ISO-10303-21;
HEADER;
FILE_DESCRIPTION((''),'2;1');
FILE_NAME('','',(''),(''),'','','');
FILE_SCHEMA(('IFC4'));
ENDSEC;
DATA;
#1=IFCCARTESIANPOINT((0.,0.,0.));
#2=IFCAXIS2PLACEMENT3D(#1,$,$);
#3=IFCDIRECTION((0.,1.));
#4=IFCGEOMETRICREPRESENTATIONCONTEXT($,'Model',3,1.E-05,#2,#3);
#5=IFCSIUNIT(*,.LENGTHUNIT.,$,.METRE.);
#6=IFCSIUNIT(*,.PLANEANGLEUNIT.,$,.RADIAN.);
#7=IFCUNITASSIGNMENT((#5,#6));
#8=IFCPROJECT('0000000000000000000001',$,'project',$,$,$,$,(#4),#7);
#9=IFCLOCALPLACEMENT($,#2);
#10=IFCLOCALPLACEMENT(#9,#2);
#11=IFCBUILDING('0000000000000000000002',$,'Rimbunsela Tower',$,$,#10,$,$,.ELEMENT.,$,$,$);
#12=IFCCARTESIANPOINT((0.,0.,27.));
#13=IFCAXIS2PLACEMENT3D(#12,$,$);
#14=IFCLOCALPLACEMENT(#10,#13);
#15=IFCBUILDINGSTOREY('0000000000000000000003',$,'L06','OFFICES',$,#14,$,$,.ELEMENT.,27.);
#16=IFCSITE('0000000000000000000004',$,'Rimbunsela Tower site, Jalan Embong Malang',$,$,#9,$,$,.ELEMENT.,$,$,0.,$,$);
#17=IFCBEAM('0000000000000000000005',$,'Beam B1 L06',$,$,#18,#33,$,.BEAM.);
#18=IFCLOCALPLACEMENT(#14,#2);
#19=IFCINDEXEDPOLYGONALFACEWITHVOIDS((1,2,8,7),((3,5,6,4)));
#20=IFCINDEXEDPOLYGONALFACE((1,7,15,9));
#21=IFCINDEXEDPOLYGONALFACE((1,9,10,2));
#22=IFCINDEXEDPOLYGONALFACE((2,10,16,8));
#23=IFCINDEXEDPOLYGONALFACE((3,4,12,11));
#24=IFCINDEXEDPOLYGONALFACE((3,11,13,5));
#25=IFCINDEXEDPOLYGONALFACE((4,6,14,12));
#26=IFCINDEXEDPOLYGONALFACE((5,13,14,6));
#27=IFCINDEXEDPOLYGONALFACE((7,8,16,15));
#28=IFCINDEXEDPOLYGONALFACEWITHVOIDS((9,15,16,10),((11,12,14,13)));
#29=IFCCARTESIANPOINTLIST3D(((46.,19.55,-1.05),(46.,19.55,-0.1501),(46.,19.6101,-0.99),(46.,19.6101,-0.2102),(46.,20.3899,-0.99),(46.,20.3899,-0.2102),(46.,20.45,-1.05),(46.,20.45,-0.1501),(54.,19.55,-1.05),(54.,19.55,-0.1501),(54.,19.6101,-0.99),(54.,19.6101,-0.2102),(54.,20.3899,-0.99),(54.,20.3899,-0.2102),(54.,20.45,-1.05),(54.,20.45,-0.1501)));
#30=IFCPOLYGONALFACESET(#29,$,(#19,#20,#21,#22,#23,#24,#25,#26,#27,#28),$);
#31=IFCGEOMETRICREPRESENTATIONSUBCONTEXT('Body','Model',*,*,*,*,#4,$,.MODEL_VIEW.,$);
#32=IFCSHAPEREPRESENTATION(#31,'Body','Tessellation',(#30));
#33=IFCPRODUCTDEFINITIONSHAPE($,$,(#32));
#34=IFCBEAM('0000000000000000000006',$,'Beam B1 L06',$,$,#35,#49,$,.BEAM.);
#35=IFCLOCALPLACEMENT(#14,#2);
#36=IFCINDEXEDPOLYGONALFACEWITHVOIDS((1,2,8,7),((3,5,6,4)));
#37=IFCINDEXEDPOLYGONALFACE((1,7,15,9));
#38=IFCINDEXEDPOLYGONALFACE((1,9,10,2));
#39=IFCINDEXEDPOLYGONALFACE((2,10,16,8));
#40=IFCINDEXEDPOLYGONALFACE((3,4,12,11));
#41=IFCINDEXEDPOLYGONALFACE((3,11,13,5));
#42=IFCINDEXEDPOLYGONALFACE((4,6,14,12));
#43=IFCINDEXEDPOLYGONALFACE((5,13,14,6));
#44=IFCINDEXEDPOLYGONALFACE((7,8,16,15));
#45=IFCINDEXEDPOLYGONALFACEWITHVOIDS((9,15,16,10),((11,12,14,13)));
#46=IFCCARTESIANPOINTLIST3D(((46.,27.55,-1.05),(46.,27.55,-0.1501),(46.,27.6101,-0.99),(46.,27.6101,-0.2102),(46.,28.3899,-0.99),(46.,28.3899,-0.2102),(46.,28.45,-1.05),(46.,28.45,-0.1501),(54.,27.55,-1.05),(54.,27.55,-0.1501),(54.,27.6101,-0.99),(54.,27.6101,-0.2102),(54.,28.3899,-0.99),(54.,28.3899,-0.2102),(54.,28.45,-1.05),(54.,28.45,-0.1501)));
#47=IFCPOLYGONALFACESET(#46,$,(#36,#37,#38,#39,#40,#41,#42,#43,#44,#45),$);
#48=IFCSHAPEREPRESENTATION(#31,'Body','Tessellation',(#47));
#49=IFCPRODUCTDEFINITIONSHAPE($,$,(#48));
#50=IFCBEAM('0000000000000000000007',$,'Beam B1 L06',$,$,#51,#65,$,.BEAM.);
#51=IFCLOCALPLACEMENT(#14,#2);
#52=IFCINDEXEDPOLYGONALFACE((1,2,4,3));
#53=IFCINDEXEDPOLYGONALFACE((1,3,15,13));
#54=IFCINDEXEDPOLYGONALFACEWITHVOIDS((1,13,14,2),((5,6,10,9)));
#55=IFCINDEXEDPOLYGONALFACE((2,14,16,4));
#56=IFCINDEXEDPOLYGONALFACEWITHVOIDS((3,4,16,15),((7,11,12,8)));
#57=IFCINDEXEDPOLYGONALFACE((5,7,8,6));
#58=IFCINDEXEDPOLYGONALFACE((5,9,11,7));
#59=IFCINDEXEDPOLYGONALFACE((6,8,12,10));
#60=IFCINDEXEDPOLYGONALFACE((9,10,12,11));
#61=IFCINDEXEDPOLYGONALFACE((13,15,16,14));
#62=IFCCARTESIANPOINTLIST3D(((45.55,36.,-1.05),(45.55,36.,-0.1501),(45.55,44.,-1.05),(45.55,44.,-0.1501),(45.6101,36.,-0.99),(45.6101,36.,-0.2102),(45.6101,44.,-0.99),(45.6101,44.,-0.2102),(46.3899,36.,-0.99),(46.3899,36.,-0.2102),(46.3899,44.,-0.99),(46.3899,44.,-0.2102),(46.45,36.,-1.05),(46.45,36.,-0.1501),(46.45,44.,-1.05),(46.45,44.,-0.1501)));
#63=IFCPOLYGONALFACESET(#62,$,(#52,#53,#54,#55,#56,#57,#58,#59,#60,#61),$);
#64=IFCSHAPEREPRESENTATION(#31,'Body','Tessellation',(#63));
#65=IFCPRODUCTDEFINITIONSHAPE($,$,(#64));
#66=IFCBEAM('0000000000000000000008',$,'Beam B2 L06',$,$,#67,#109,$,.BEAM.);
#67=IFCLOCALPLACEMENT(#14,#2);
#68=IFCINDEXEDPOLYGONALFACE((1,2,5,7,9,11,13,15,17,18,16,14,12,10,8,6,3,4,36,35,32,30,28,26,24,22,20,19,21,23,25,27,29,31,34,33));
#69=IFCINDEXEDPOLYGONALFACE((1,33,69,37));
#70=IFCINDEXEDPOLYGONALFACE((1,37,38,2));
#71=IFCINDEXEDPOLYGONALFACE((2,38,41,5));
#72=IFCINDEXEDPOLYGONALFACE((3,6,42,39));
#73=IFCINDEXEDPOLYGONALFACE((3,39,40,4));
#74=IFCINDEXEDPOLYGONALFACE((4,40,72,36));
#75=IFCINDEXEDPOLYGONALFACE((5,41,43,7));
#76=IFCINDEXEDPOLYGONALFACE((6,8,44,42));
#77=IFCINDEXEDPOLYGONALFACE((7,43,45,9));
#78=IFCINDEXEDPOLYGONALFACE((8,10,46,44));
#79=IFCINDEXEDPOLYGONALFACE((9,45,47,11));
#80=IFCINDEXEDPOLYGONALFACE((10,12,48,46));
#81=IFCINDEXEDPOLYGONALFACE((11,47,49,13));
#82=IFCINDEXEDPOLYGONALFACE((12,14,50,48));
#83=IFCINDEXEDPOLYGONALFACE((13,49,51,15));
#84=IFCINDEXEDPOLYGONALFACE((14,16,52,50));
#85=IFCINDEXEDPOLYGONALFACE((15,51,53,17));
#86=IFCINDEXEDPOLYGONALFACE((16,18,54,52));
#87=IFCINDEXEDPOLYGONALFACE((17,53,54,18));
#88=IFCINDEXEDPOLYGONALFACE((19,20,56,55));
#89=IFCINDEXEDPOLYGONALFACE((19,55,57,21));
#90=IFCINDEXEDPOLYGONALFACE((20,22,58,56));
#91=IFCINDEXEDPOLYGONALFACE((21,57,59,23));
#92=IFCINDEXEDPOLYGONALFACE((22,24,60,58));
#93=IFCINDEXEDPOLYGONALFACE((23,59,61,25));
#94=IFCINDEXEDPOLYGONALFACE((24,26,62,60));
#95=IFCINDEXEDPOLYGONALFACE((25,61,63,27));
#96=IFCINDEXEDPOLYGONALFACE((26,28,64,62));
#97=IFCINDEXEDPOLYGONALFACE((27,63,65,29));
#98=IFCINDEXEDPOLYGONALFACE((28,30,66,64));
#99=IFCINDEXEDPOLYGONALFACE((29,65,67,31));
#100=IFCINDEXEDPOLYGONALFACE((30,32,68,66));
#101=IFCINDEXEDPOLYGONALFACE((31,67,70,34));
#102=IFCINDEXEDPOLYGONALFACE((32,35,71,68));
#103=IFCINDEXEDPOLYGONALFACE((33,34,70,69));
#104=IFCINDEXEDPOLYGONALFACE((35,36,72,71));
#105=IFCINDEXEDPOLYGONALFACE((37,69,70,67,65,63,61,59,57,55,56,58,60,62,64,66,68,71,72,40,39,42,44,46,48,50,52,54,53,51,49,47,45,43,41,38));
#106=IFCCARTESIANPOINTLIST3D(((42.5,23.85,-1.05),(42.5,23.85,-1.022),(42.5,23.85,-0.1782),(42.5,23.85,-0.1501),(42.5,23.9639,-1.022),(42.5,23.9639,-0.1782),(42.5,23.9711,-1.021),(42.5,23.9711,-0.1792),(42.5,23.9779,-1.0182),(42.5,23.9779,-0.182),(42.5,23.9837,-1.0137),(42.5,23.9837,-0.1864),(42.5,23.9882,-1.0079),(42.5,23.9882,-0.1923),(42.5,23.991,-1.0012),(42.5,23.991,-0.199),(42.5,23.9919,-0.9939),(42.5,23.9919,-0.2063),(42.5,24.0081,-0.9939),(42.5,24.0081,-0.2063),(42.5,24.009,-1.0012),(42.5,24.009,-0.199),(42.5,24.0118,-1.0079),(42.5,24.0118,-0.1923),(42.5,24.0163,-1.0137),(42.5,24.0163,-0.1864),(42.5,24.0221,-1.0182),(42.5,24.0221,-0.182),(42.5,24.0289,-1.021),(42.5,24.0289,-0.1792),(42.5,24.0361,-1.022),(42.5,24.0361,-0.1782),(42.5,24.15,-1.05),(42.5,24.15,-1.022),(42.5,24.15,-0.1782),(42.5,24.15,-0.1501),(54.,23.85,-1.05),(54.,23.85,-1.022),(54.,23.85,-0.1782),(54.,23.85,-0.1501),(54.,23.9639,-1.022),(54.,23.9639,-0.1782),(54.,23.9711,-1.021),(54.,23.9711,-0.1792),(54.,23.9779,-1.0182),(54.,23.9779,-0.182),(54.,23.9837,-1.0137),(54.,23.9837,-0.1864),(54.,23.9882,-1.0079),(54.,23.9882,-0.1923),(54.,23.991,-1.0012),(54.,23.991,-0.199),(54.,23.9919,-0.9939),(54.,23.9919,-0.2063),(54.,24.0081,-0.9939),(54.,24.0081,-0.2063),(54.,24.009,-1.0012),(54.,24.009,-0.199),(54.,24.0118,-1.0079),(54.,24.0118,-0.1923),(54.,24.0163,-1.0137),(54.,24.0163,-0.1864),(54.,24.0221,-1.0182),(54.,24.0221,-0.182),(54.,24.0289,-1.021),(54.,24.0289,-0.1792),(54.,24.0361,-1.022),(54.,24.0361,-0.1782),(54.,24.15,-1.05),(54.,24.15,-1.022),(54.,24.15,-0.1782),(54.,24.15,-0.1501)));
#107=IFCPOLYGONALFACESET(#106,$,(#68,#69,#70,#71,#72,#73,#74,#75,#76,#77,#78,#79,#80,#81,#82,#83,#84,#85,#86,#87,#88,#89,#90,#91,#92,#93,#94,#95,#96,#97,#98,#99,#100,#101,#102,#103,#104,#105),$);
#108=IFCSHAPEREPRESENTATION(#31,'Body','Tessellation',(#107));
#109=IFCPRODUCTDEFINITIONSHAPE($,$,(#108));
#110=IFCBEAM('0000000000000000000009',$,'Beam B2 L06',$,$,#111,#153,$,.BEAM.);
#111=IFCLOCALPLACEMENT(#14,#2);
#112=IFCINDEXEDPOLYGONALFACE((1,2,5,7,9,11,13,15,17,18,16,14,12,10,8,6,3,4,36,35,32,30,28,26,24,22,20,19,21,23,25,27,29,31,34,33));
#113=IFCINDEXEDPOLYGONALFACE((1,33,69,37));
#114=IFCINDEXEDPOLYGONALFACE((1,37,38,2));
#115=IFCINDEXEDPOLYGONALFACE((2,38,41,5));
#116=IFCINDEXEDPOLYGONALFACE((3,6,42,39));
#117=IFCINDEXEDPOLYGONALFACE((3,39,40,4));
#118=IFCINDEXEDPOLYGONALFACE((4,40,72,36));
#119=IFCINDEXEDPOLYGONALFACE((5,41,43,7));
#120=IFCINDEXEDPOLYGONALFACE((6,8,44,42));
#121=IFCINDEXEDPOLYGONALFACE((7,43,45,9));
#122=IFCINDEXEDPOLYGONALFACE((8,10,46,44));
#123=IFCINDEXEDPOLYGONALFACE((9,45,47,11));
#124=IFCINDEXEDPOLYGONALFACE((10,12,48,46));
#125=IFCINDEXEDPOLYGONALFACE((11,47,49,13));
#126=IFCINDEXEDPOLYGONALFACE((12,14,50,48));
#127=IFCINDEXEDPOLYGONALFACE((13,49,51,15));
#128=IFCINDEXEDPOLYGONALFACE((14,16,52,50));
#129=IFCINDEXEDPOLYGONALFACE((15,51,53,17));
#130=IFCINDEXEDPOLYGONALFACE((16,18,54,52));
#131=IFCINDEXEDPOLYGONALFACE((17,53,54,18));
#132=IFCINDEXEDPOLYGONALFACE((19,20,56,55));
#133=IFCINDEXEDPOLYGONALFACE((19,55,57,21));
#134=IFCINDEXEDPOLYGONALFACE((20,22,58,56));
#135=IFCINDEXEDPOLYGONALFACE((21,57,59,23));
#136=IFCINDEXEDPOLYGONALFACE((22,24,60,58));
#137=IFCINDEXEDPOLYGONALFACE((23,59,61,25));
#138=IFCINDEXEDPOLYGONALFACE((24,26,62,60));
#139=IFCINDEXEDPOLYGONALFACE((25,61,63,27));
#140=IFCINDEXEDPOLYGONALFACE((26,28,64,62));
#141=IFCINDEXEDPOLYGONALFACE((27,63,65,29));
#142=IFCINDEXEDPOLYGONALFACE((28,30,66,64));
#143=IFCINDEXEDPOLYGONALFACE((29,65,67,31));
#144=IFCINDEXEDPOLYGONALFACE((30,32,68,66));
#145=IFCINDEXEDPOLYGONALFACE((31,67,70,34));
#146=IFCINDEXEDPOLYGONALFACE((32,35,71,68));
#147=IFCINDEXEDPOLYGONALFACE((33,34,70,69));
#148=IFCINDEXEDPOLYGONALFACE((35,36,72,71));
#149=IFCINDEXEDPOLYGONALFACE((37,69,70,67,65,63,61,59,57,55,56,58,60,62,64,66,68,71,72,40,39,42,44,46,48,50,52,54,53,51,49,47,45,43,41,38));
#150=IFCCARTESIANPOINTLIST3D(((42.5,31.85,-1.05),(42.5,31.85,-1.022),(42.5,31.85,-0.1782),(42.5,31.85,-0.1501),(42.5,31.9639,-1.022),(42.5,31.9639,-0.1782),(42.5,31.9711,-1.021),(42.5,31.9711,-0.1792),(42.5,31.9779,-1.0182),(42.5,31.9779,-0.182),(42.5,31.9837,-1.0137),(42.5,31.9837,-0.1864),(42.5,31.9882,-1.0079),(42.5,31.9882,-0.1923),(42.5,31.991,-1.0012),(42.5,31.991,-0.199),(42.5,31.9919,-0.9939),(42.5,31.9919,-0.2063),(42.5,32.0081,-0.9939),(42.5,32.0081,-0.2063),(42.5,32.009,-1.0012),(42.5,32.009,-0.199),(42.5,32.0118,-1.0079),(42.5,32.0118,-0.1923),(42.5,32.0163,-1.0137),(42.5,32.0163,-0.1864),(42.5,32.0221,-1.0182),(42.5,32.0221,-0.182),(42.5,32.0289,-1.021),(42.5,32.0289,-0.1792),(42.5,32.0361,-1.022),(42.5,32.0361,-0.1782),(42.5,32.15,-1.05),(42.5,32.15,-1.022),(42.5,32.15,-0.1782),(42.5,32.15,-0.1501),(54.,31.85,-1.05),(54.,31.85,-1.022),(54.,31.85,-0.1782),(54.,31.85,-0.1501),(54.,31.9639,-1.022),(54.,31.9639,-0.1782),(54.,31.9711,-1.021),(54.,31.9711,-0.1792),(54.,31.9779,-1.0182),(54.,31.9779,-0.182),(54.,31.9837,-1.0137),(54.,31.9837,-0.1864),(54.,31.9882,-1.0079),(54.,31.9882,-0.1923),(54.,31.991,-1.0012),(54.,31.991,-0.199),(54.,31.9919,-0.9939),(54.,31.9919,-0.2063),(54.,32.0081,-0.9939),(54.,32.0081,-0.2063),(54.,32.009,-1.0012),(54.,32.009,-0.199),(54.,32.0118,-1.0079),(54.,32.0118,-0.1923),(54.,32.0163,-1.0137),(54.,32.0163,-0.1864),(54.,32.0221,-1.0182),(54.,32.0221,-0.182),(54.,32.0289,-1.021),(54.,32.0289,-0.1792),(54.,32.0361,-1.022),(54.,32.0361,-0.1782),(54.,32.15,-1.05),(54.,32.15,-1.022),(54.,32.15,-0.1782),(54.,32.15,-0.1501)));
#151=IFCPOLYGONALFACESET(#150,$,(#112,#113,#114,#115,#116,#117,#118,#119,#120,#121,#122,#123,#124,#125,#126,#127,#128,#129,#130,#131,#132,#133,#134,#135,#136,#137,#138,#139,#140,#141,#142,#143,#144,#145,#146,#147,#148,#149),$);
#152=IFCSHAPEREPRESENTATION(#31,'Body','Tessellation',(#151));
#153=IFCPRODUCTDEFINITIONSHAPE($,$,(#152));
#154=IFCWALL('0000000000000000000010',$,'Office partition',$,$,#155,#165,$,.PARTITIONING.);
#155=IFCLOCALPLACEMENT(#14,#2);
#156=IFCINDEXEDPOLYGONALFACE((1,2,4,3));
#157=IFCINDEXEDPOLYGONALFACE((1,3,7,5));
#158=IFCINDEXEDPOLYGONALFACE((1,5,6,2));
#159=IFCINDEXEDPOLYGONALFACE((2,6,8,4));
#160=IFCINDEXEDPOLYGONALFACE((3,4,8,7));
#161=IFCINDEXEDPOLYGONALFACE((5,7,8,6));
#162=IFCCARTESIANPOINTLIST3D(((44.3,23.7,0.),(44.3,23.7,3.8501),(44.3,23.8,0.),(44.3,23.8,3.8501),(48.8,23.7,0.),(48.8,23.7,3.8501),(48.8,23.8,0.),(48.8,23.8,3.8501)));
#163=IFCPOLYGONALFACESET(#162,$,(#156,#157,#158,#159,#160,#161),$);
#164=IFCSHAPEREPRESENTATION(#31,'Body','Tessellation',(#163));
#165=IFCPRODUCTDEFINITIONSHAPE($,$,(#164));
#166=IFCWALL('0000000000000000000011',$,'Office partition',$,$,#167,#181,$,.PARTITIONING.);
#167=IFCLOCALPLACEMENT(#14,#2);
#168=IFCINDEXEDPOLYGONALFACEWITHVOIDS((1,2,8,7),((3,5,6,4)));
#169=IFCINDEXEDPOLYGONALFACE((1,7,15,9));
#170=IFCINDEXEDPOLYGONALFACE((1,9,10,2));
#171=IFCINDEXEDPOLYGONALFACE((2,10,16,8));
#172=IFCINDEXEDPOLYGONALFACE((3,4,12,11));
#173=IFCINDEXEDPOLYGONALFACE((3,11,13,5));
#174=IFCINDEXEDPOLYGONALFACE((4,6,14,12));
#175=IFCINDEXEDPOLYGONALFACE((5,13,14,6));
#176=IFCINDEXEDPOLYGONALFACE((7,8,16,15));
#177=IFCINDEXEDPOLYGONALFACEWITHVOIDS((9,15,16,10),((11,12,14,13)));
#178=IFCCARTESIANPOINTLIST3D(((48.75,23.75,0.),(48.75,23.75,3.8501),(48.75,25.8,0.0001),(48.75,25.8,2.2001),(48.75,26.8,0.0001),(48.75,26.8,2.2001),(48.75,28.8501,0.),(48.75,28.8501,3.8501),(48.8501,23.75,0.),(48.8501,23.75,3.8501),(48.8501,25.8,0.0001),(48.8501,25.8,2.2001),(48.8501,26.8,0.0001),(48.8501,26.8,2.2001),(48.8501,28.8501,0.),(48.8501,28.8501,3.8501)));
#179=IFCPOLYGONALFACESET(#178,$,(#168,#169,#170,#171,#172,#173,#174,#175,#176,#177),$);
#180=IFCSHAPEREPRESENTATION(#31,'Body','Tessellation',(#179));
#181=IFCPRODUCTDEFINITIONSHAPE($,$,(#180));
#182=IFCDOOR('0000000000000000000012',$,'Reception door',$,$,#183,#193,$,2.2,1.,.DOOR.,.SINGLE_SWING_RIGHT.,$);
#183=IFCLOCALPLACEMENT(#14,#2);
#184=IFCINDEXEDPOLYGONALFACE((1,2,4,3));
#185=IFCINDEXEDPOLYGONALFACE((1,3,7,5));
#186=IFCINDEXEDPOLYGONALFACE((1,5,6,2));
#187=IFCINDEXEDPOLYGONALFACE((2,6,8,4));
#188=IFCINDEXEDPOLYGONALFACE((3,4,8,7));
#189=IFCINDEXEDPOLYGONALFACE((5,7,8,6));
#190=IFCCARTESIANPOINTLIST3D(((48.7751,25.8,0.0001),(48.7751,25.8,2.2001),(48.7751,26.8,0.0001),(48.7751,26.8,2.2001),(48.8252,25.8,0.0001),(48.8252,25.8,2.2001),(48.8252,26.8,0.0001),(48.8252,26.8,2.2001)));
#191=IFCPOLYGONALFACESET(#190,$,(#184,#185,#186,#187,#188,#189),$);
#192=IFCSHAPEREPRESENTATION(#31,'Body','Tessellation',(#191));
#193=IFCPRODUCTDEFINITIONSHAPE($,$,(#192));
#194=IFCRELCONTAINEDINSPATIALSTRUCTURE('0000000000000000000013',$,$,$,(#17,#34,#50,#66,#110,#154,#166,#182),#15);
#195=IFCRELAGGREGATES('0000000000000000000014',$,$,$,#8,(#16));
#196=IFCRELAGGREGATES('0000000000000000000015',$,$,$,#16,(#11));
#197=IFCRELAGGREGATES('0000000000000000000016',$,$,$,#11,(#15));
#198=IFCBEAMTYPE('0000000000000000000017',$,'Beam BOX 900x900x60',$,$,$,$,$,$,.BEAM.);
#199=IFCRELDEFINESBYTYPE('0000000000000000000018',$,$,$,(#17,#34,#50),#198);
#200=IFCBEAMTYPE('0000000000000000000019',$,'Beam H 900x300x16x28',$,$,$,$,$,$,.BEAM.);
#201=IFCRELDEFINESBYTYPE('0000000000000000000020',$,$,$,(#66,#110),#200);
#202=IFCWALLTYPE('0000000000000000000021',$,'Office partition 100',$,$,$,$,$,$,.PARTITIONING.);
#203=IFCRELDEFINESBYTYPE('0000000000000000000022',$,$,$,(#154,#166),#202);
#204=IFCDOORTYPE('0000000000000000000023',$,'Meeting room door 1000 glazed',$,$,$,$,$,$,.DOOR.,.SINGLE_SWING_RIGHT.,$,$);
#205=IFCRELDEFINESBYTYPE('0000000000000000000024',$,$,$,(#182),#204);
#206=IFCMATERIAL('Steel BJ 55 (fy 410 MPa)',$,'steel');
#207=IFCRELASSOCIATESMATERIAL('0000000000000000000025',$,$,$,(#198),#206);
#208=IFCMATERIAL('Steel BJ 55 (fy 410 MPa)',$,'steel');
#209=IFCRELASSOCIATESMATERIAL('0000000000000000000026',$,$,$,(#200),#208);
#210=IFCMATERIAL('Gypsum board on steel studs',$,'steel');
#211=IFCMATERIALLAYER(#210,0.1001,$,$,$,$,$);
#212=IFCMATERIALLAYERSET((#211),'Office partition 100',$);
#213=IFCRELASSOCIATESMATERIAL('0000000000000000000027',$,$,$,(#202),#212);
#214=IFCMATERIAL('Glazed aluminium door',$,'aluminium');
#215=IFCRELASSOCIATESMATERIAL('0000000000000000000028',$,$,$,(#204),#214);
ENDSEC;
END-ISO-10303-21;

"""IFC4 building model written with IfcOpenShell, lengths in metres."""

from ifc_helpers import new_model, si_unit, direction, frame, frame_2d, origin, origin_2d, place, context, subcontext, project, spatial, rectangle, hollow_rectangle, i_section, extrude, material, layer, layer_set, material_profile, profile_set, type_object, element, fill, save


model = new_model("IFC4")

# Units and contexts
model_context = context("Model", 3, precision=1e-05, world=origin(), true_north=direction((0.0, 1.0)))
body_context = subcontext(model_context, "Body", "Model", "MODEL_VIEW")
ifc_project = project(units=[si_unit("LENGTHUNIT", "METRE"), si_unit("PLANEANGLEUNIT", "RADIAN")], contexts=[model_context])

# Site, building, storey
site_placement = place(None, origin())
site = spatial("IfcSite", under=ifc_project, at=site_placement, Name="Rimbunsela Tower site, Jalan Embong Malang", CompositionType="ELEMENT", RefElevation=0.0)
building_placement = place(site_placement, origin())
building = spatial("IfcBuilding", under=site, at=building_placement, Name="Rimbunsela Tower", CompositionType="ELEMENT")
storey_placement = place(building_placement, frame((0.0, 0.0, 27.0)))
storey = spatial("IfcBuildingStorey", under=building, at=storey_placement, Name="L06", Description="OFFICES", CompositionType="ELEMENT", Elevation=27.0)

# Beams
ifc_material_1 = material(Name="Steel BJ 55 (fy 410 MPa)", Category="steel")
ifc_material_profile_1 = material_profile(ifc_material_1, hollow_rectangle(XDim=0.8999, YDim=0.8999, WallThickness=0.0601, at=origin_2d()), Name="BOX 900x900x60")
ifc_profile_set_1 = profile_set([ifc_material_profile_1], Name="Steel BJ 55 (fy 410 MPa)")
beam_type_1 = type_object("IfcBeamType", Name="Beam BOX 900x900x60", PredefinedType="BEAM", material=ifc_profile_set_1)
for number, where, z_axis, x_axis, name in (
    (1, (46.0, 20.0, -0.6001), (1.0, 0.0, 0.0), (0.0, 1.0, 0.0), "Beam B1 L06"),
    (2, (46.0, 28.0, -0.6001), (1.0, 0.0, 0.0), (0.0, 1.0, 0.0), "Beam B1 L06"),
    (3, (46.0, 36.0, -0.6001), (0.0, 1.0, 0.0), (-1.0, 0.0, 0.0), "Beam B1 L06"),
):
    element("IfcBeam", number, at=place(storey_placement, frame(where, z_axis=z_axis, x_axis=x_axis)), inside=storey, type_object=beam_type_1, Name=name, PredefinedType="BEAM", context=body_context, shape_type="SweptSolid", body=[
        extrude(hollow_rectangle(XDim=0.8999, YDim=0.8999, WallThickness=0.0601, at=origin_2d()), origin(), (0.0, 0.0, 1.0), 8.0),
    ])
ifc_material_2 = material(Name="Steel BJ 55 (fy 410 MPa)", Category="steel")
ifc_material_profile_2 = material_profile(ifc_material_2, i_section(OverallWidth=0.3, OverallDepth=0.8999, WebThickness=0.0161, FlangeThickness=0.0281, FilletRadius=0.0281, at=origin_2d()), Name="H 900x300x16x28")
ifc_profile_set_2 = profile_set([ifc_material_profile_2], Name="Steel BJ 55 (fy 410 MPa)")
beam_type_2 = type_object("IfcBeamType", Name="Beam H 900x300x16x28", PredefinedType="BEAM", material=ifc_profile_set_2)
for number, where, z_axis, x_axis, name in (
    (4, (42.5, 24.0, -0.6001), (1.0, 0.0, 0.0), (0.0, 1.0, 0.0), "Beam B2 L06"),
    (5, (42.5, 32.0, -0.6001), (1.0, 0.0, 0.0), (0.0, 1.0, 0.0), "Beam B2 L06"),
):
    element("IfcBeam", number, at=place(storey_placement, frame(where, z_axis=z_axis, x_axis=x_axis)), inside=storey, type_object=beam_type_2, Name=name, PredefinedType="BEAM", context=body_context, shape_type="SweptSolid", body=[
        extrude(i_section(OverallWidth=0.3, OverallDepth=0.8999, WebThickness=0.0161, FlangeThickness=0.0281, FilletRadius=0.0281, at=origin_2d()), origin(), (0.0, 0.0, 1.0), 11.5),
    ])

# Wall
ifc_material_3 = material(Name="Gypsum board on steel studs", Category="steel")
ifc_layer_1 = layer(ifc_material_3, 0.1001)
ifc_layer_set_1 = layer_set([ifc_layer_1], Name="Office partition 100")
wall_type_1 = type_object("IfcWallType", Name="Office partition 100", PredefinedType="PARTITIONING", material=ifc_layer_set_1)
wall_1_placement = place(storey_placement, frame((44.3, 23.75, 0.0), z_axis=(0.0, 0.0, 1.0), x_axis=(1.0, 0.0, 0.0)))
element("IfcWall", 6, at=wall_1_placement, inside=storey, type_object=wall_type_1, Name="Office partition", PredefinedType="PARTITIONING", context=body_context, shape_type="SweptSolid", body=[
    extrude(rectangle(XDim=4.5, YDim=0.1001, at=frame_2d((2.25, 0.0))), origin(), (0.0, 0.0, 1.0), 3.8501),
])

# Wall, opening, door
wall_2_placement = place(storey_placement, frame((48.8, 23.75, 0.0), z_axis=(0.0, 0.0, 1.0), x_axis=(0.0, 1.0, 0.0)))
wall_2 = element("IfcWall", 7, at=wall_2_placement, inside=storey, type_object=wall_type_1, Name="Office partition", PredefinedType="PARTITIONING", context=body_context, shape_type="SweptSolid", body=[
    extrude(rectangle(XDim=5.1001, YDim=0.1001, at=frame_2d((2.55, 0.0))), origin(), (0.0, 0.0, 1.0), 3.8501),
])
opening_1_placement = place(wall_2_placement, frame((2.05, 0.0, 0.0)))
opening_1 = element("IfcOpeningElement", 8, at=opening_1_placement, cuts=wall_2, PredefinedType="OPENING", context=body_context, shape_type="SweptSolid", body=[
    extrude(rectangle(XDim=1.0, YDim=2.2, at=frame_2d((0.5, 1.1001))), frame((0.0, 0.0601, 0.0), z_axis=(0.0, -1.0, 0.0), x_axis=(1.0, 0.0, 0.0)), (0.0, 0.0, 1.0), 0.1201),
])
ifc_material_4 = material(Name="Glazed aluminium door", Category="aluminium")
door_type = type_object("IfcDoorType", Name="Meeting room door 1000 glazed", OperationType="SINGLE_SWING_RIGHT", PredefinedType="DOOR", material=ifc_material_4)
door_placement = place(opening_1_placement, origin())
door = element("IfcDoor", 9, at=door_placement, inside=storey, type_object=door_type, Name="Reception door", OperationType="SINGLE_SWING_RIGHT", OverallHeight=2.2, OverallWidth=1.0, PredefinedType="DOOR", context=body_context, shape_type="SweptSolid", body=[
    extrude(rectangle(XDim=1.0, YDim=2.2, at=frame_2d((0.5, 1.1001))), frame((0.0, 0.0249, 0.0), z_axis=(0.0, -1.0, 0.0), x_axis=(1.0, 0.0, 0.0)), (0.0, 0.0, 1.0), 0.05),
])
fill(opening_1, door)

save(model, "model.ifc")
